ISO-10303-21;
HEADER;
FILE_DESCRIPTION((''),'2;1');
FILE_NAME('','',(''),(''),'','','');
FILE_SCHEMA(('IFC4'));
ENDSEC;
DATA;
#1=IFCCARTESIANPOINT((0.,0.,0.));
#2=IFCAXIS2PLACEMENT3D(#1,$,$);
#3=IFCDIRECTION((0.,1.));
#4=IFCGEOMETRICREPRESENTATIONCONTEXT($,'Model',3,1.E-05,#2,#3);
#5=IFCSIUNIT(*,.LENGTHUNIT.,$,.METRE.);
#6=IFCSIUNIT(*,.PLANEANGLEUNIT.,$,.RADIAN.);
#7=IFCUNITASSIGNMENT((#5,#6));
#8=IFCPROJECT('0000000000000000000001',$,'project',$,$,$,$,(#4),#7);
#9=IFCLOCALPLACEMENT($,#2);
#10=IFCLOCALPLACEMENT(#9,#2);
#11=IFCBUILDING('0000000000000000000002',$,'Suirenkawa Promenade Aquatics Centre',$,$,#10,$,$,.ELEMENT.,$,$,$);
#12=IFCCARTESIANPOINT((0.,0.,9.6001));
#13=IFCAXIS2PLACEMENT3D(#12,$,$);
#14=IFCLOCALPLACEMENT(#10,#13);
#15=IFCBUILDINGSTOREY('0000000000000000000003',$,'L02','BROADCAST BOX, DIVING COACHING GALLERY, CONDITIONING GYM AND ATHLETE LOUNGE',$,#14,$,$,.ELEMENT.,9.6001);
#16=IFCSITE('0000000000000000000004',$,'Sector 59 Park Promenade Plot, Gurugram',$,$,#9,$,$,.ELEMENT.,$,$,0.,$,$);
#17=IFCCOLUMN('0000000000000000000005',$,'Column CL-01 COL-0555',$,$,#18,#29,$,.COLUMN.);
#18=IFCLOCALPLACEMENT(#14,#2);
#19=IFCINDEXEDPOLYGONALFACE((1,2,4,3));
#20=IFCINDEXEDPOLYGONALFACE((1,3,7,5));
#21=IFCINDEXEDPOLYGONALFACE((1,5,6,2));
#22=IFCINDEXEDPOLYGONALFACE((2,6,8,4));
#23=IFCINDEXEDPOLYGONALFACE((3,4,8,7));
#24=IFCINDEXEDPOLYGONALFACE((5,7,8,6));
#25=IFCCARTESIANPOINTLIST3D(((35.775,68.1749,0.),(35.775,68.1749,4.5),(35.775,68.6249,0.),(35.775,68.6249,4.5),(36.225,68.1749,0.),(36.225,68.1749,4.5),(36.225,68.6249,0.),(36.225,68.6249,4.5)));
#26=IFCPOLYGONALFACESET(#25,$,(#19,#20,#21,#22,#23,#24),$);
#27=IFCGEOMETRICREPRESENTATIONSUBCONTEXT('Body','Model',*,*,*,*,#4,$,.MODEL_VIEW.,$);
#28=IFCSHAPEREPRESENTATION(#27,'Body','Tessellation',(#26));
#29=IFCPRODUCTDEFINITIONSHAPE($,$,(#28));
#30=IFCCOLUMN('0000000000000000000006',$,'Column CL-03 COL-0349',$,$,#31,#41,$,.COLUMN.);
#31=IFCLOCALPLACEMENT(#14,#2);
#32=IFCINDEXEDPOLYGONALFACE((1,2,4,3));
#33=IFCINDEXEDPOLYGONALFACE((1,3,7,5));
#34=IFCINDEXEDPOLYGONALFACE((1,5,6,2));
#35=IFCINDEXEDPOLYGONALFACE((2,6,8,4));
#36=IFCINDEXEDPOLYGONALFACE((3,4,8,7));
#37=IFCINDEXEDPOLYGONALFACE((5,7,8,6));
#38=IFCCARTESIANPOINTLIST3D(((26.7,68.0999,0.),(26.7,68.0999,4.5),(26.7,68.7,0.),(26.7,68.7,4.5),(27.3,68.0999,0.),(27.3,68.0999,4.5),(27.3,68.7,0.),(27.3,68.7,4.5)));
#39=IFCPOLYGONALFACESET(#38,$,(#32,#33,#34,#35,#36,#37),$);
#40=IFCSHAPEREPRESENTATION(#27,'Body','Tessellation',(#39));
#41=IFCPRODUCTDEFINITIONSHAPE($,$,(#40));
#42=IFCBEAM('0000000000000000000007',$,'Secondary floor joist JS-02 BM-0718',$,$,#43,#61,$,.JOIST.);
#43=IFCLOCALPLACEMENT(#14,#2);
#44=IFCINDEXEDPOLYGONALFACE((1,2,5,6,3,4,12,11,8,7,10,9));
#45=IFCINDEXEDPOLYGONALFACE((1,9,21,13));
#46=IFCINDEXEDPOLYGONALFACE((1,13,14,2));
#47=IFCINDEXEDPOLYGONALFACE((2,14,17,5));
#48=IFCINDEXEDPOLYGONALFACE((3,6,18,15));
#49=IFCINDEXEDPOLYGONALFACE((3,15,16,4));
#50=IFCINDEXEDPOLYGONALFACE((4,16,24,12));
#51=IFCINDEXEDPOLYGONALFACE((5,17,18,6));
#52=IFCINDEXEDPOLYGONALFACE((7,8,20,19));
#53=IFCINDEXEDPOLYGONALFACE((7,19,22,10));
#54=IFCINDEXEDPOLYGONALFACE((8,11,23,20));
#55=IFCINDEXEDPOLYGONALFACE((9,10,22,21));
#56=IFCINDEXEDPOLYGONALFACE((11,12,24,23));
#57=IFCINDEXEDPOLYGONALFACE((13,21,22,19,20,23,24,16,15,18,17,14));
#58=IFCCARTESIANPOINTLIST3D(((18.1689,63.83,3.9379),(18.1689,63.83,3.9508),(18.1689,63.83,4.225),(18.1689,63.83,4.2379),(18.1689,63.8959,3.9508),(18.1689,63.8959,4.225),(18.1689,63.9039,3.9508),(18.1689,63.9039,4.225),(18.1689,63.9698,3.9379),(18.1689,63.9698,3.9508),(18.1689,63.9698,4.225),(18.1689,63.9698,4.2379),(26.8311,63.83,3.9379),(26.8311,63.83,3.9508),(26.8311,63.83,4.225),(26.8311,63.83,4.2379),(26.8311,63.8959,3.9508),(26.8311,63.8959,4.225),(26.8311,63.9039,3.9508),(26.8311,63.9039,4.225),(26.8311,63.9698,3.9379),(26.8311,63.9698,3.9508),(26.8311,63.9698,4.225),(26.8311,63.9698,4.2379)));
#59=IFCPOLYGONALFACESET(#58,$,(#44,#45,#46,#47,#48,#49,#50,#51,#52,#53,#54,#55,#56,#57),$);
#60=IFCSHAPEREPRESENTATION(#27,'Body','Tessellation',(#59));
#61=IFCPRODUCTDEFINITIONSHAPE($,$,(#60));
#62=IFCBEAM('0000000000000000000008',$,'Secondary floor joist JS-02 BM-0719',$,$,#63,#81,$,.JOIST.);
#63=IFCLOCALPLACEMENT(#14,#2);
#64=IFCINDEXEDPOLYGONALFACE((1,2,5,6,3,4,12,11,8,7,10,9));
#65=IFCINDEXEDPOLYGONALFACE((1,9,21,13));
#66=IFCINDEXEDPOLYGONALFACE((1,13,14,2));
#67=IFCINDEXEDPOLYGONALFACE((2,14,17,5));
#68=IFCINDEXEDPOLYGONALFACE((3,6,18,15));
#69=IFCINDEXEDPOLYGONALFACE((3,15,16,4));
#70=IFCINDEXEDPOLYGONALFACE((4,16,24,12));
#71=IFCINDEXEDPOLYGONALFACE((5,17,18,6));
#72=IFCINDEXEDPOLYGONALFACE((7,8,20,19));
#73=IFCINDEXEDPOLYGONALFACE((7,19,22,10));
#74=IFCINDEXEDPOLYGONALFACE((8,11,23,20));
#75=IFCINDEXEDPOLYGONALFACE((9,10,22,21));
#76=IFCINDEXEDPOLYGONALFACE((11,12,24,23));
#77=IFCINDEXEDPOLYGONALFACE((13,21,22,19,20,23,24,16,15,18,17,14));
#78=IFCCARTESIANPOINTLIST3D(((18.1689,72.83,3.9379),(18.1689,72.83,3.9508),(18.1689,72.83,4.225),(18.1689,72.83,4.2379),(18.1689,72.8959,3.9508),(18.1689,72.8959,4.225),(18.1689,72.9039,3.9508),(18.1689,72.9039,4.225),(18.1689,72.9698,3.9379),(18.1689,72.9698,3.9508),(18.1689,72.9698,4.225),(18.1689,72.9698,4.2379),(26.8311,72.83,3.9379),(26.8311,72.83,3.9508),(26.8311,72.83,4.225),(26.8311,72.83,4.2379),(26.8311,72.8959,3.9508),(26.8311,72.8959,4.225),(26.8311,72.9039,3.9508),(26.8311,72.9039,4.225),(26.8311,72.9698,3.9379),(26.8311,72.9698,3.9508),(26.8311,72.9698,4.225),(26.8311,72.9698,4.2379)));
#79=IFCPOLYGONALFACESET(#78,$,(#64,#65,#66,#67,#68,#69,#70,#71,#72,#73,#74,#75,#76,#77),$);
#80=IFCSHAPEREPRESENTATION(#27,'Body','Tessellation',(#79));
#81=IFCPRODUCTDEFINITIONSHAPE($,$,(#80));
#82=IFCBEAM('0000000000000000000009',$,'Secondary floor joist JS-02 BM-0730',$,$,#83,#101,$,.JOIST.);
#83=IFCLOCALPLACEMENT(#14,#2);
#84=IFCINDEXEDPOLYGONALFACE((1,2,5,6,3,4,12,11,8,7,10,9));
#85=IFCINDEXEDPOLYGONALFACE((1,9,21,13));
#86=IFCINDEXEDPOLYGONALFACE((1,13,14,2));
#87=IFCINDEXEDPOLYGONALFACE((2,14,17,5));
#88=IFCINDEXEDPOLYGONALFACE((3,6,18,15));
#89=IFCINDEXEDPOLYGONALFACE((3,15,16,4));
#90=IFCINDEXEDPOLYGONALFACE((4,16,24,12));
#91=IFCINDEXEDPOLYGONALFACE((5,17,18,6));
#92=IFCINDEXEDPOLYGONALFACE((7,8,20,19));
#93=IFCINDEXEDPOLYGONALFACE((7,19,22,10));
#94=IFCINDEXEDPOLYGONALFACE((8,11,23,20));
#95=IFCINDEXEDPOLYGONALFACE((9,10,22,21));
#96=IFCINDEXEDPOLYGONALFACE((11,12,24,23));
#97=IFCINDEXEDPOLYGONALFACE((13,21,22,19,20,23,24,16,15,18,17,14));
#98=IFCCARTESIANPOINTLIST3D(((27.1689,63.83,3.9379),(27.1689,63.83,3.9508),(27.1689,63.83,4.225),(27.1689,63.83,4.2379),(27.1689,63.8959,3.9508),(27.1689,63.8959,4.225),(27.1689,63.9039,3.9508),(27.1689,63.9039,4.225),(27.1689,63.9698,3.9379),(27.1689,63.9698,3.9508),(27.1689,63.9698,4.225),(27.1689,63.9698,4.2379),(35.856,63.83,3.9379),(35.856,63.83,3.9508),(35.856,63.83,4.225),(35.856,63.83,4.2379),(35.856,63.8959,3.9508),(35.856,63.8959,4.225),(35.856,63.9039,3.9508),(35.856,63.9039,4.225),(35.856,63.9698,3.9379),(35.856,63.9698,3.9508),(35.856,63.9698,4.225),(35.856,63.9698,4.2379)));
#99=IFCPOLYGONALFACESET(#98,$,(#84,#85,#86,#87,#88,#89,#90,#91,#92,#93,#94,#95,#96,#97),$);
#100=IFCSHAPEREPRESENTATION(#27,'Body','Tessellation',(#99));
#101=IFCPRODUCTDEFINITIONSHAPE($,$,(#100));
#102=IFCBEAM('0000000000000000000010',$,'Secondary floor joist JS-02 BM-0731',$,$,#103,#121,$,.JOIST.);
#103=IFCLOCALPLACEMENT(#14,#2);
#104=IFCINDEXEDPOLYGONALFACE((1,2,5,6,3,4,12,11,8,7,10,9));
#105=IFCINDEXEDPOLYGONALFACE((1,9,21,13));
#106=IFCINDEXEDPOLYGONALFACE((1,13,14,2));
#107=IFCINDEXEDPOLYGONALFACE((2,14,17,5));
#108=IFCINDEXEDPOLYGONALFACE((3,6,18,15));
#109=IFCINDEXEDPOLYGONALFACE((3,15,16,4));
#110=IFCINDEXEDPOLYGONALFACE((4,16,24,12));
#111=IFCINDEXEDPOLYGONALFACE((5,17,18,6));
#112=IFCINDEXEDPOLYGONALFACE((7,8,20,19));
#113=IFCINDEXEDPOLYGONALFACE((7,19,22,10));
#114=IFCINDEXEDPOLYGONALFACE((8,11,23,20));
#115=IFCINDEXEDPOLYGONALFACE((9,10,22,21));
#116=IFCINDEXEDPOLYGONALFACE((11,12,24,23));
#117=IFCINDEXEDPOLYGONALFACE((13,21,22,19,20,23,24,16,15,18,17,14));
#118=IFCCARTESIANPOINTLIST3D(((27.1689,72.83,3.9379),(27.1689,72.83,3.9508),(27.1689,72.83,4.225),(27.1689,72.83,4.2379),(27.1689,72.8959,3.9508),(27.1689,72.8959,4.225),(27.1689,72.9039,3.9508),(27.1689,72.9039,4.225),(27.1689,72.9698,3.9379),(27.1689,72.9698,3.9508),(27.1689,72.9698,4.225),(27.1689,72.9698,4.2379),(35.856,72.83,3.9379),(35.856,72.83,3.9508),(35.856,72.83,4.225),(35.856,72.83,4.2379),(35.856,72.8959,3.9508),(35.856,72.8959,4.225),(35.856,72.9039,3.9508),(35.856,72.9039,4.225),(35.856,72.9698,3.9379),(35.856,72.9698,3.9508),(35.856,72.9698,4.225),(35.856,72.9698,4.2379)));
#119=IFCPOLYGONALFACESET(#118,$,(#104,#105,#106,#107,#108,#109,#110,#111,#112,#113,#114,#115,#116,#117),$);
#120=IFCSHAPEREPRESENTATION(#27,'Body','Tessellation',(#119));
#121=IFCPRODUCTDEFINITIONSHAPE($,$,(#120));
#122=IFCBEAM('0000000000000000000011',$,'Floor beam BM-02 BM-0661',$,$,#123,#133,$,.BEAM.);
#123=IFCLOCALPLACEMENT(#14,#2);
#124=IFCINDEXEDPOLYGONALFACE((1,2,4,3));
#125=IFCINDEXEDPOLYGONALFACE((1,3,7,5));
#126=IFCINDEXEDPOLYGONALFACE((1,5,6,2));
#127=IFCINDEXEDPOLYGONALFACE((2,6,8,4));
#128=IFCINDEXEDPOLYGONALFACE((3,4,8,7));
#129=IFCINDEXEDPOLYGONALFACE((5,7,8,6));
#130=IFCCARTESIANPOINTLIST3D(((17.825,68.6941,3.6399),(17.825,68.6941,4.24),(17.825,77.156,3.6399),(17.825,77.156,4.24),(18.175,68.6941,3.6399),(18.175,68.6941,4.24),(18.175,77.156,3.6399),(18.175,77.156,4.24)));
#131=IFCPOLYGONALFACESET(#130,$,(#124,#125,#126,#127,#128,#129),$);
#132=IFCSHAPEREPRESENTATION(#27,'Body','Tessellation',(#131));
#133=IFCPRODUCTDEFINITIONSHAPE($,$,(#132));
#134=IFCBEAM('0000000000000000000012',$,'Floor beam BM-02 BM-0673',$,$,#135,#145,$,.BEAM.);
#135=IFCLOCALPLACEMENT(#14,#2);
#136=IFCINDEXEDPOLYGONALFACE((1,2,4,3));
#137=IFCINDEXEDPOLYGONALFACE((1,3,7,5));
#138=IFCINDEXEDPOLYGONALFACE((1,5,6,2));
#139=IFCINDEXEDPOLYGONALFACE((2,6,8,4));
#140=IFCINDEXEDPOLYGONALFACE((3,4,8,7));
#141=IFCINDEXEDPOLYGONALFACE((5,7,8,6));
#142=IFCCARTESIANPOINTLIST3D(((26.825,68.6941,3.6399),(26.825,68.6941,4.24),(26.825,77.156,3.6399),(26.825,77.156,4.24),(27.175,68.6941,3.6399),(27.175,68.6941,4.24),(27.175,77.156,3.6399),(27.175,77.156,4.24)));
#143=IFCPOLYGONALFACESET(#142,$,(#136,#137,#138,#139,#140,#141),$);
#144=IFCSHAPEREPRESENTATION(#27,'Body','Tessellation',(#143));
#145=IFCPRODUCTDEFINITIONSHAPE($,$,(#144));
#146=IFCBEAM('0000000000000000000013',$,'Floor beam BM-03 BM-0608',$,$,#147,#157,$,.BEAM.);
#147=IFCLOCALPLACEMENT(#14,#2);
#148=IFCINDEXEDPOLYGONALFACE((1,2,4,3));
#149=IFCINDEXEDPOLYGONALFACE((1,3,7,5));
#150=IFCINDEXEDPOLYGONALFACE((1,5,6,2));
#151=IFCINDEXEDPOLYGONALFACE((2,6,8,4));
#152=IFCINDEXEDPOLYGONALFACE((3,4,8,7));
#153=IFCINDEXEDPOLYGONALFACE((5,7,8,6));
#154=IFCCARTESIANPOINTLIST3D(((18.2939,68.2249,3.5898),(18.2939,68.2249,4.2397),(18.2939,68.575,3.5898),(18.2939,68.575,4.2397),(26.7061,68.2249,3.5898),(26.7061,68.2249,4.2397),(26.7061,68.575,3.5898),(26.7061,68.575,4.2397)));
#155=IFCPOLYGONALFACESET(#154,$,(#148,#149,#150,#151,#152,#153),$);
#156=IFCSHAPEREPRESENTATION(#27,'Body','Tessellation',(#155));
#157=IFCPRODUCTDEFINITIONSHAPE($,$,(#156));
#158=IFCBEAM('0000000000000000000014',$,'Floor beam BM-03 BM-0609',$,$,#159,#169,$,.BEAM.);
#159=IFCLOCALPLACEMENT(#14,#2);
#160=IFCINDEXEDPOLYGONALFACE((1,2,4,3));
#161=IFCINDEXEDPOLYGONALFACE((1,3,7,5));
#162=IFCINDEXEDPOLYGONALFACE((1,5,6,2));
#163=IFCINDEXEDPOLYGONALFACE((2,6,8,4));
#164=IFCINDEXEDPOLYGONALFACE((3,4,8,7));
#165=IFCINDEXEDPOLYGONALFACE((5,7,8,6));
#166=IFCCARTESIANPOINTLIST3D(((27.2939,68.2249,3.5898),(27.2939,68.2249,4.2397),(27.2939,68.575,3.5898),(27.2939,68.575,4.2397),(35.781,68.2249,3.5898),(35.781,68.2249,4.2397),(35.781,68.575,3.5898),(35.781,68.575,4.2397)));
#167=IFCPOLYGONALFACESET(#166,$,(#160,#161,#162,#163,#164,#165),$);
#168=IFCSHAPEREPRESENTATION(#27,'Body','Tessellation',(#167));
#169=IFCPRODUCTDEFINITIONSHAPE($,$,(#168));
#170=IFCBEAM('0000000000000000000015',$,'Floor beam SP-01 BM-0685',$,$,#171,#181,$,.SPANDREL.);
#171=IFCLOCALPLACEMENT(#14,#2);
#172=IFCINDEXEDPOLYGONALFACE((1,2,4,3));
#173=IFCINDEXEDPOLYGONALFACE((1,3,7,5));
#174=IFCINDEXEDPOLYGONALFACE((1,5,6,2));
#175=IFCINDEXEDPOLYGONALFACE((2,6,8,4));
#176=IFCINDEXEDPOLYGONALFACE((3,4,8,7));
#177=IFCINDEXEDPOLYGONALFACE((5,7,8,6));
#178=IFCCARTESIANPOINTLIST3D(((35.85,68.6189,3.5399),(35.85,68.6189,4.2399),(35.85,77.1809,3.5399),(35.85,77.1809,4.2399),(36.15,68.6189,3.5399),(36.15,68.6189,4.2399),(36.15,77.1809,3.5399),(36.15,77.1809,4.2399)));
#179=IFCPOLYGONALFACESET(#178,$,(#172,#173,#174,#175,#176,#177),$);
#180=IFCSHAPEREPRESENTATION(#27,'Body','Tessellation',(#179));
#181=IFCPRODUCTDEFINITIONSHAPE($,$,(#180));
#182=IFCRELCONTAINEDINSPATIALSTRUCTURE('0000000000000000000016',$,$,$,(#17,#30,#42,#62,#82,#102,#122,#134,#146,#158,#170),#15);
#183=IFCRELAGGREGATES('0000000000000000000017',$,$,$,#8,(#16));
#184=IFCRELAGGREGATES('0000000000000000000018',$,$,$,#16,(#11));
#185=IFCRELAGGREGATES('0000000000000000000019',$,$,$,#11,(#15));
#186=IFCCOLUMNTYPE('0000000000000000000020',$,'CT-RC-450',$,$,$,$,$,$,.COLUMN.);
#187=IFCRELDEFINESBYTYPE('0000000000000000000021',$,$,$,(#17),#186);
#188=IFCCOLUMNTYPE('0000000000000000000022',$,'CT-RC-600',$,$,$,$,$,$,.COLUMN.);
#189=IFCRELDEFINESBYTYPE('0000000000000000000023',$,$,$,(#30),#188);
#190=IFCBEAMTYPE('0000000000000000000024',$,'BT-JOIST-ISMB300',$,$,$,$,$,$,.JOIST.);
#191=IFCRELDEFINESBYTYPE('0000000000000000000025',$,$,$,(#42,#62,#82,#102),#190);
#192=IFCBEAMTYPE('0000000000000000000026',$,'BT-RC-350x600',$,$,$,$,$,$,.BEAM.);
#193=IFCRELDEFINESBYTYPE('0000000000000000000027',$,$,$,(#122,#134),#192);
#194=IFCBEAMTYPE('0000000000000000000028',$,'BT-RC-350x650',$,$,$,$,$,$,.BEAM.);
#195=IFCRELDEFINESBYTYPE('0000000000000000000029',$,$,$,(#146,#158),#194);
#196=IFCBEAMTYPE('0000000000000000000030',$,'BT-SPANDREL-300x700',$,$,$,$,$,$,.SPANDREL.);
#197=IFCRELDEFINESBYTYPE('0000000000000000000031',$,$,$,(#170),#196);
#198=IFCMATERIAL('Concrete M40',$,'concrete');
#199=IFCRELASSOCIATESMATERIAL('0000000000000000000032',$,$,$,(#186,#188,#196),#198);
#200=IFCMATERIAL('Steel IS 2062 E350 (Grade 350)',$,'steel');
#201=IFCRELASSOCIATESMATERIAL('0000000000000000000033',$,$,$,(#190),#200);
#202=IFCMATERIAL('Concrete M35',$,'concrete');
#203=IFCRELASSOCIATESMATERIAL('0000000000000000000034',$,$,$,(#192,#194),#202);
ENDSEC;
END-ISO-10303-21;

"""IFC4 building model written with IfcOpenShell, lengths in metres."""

from ifc_helpers import new_model, si_unit, direction, frame, origin, origin_2d, place, context, subcontext, project, spatial, rectangle, i_section, extrude, material, material_profile, profile_set, type_object, element, save


model = new_model("IFC4")

# Units and contexts
model_context = context("Model", 3, precision=1e-05, world=origin(), true_north=direction((0.0, 1.0)))
body_context = subcontext(model_context, "Body", "Model", "MODEL_VIEW")
ifc_project = project(units=[si_unit("LENGTHUNIT", "METRE"), si_unit("PLANEANGLEUNIT", "RADIAN")], contexts=[model_context])

# Site, building, storey
site_placement = place(None, origin())
site = spatial("IfcSite", under=ifc_project, at=site_placement, Name="Sector 59 Park Promenade Plot, Gurugram", CompositionType="ELEMENT", RefElevation=0.0)
building_placement = place(site_placement, origin())
building = spatial("IfcBuilding", under=site, at=building_placement, Name="Suirenkawa Promenade Aquatics Centre", CompositionType="ELEMENT")
storey_placement = place(building_placement, frame((0.0, 0.0, 9.6001)))
storey = spatial("IfcBuildingStorey", under=building, at=storey_placement, Name="L02", Description="BROADCAST BOX, DIVING COACHING GALLERY, CONDITIONING GYM AND ATHLETE LOUNGE", CompositionType="ELEMENT", Elevation=9.6001)

# Columns
ifc_material_1 = material(Name="Concrete M40", Category="concrete")
ifc_material_profile_1 = material_profile(ifc_material_1, rectangle(XDim=0.45, YDim=0.45, at=origin_2d()), Name="RC COL 450x450", Category="concrete")
ifc_profile_set_1 = profile_set([ifc_material_profile_1], Name="Concrete M40")
column_type_1 = type_object("IfcColumnType", Name="CT-RC-450", PredefinedType="COLUMN", material=ifc_profile_set_1)
column_1_placement = place(storey_placement, frame((36.0, 68.3999, 0.0), z_axis=(0.0, 0.0, 1.0), x_axis=(1.0, 0.0, 0.0)))
element("IfcColumn", 1, at=column_1_placement, inside=storey, type_object=column_type_1, Name="Column CL-01 COL-0555", PredefinedType="COLUMN", context=body_context, shape_type="SweptSolid", body=[
    extrude(rectangle(XDim=0.45, YDim=0.45, at=origin_2d()), origin(), (0.0, 0.0, 1.0), 4.5),
])
ifc_material_profile_2 = material_profile(ifc_material_1, rectangle(XDim=0.6001, YDim=0.6001, at=origin_2d()), Name="RC COL 600x600", Category="concrete")
ifc_profile_set_2 = profile_set([ifc_material_profile_2], Name="Concrete M40")
column_type_2 = type_object("IfcColumnType", Name="CT-RC-600", PredefinedType="COLUMN", material=ifc_profile_set_2)
column_2_placement = place(storey_placement, frame((27.0, 68.3999, 0.0), z_axis=(0.0, 0.0, 1.0), x_axis=(1.0, 0.0, 0.0)))
element("IfcColumn", 2, at=column_2_placement, inside=storey, type_object=column_type_2, Name="Column CL-03 COL-0349", PredefinedType="COLUMN", context=body_context, shape_type="SweptSolid", body=[
    extrude(rectangle(XDim=0.6001, YDim=0.6001, at=origin_2d()), origin(), (0.0, 0.0, 1.0), 4.5),
])

# Beams
ifc_material_2 = material(Name="Steel IS 2062 E350 (Grade 350)", Category="steel")
ifc_material_profile_3 = material_profile(ifc_material_2, i_section(OverallWidth=0.1399, OverallDepth=0.3, WebThickness=0.0081, FlangeThickness=0.0129, at=origin_2d()), Name="ISMB 300", Category="steel")
ifc_profile_set_3 = profile_set([ifc_material_profile_3], Name="Steel IS 2062 E350 (Grade 350)")
beam_type_1 = type_object("IfcBeamType", Name="BT-JOIST-ISMB300", PredefinedType="JOIST", material=ifc_profile_set_3)
for number, where, z_axis, x_axis, name in (
    (3, (18.1689, 63.8999, 4.0879), (1.0, 0.0, 0.0), (0.0, 1.0, 0.0), "Secondary floor joist JS-02 BM-0718"),
    (4, (18.1689, 72.8999, 4.0879), (1.0, 0.0, 0.0), (0.0, 1.0, 0.0), "Secondary floor joist JS-02 BM-0719"),
):
    element("IfcBeam", number, at=place(storey_placement, frame(where, z_axis=z_axis, x_axis=x_axis)), inside=storey, type_object=beam_type_1, Name=name, PredefinedType="JOIST", context=body_context, shape_type="SweptSolid", body=[
        extrude(i_section(OverallWidth=0.1399, OverallDepth=0.3, WebThickness=0.0081, FlangeThickness=0.0129, at=origin_2d()), origin(), (0.0, 0.0, 1.0), 8.6621),
    ])
for number, where, z_axis, x_axis, name in (
    (5, (27.1689, 63.8999, 4.0879), (1.0, 0.0, 0.0), (0.0, 1.0, 0.0), "Secondary floor joist JS-02 BM-0730"),
    (6, (27.1689, 72.8999, 4.0879), (1.0, 0.0, 0.0), (0.0, 1.0, 0.0), "Secondary floor joist JS-02 BM-0731"),
):
    element("IfcBeam", number, at=place(storey_placement, frame(where, z_axis=z_axis, x_axis=x_axis)), inside=storey, type_object=beam_type_1, Name=name, PredefinedType="JOIST", context=body_context, shape_type="SweptSolid", body=[
        extrude(i_section(OverallWidth=0.1399, OverallDepth=0.3, WebThickness=0.0081, FlangeThickness=0.0129, at=origin_2d()), origin(), (0.0, 0.0, 1.0), 8.687),
    ])
ifc_material_3 = material(Name="Concrete M35", Category="concrete")
ifc_material_profile_4 = material_profile(ifc_material_3, rectangle(XDim=0.3501, YDim=0.6001, at=origin_2d()), Name="RC BM 350x600", Category="concrete")
ifc_profile_set_4 = profile_set([ifc_material_profile_4], Name="Concrete M35")
beam_type_2 = type_object("IfcBeamType", Name="BT-RC-350x600", PredefinedType="BEAM", material=ifc_profile_set_4)
for number, where, z_axis, x_axis, name in (
    (7, (18.0, 68.6941, 3.9399), (0.0, 1.0, 0.0), (-1.0, 0.0, 0.0), "Floor beam BM-02 BM-0661"),
    (8, (27.0, 68.6941, 3.9399), (0.0, 1.0, 0.0), (-1.0, 0.0, 0.0), "Floor beam BM-02 BM-0673"),
):
    element("IfcBeam", number, at=place(storey_placement, frame(where, z_axis=z_axis, x_axis=x_axis)), inside=storey, type_object=beam_type_2, Name=name, PredefinedType="BEAM", context=body_context, shape_type="SweptSolid", body=[
        extrude(rectangle(XDim=0.3501, YDim=0.6001, at=origin_2d()), origin(), (0.0, 0.0, 1.0), 8.4619),
    ])
ifc_material_profile_5 = material_profile(ifc_material_3, rectangle(XDim=0.3501, YDim=0.6499, at=origin_2d()), Name="RC BM 350x650", Category="concrete")
ifc_profile_set_5 = profile_set([ifc_material_profile_5], Name="Concrete M35")
beam_type_3 = type_object("IfcBeamType", Name="BT-RC-350x650", PredefinedType="BEAM", material=ifc_profile_set_5)
beam_1_placement = place(storey_placement, frame((18.2939, 68.3999, 3.9148), z_axis=(1.0, 0.0, 0.0), x_axis=(0.0, 1.0, 0.0)))
element("IfcBeam", 9, at=beam_1_placement, inside=storey, type_object=beam_type_3, Name="Floor beam BM-03 BM-0608", PredefinedType="BEAM", context=body_context, shape_type="SweptSolid", body=[
    extrude(rectangle(XDim=0.3501, YDim=0.6499, at=origin_2d()), origin(), (0.0, 0.0, 1.0), 8.4121),
])
beam_2_placement = place(storey_placement, frame((27.2939, 68.3999, 3.9148), z_axis=(1.0, 0.0, 0.0), x_axis=(0.0, 1.0, 0.0)))
element("IfcBeam", 10, at=beam_2_placement, inside=storey, type_object=beam_type_3, Name="Floor beam BM-03 BM-0609", PredefinedType="BEAM", context=body_context, shape_type="SweptSolid", body=[
    extrude(rectangle(XDim=0.3501, YDim=0.6499, at=origin_2d()), origin(), (0.0, 0.0, 1.0), 8.4871),
])
ifc_material_profile_6 = material_profile(ifc_material_1, rectangle(XDim=0.3, YDim=0.7, at=origin_2d()), Name="RC SPANDREL 300x700", Category="concrete")
ifc_profile_set_6 = profile_set([ifc_material_profile_6], Name="Concrete M40")
beam_type_4 = type_object("IfcBeamType", Name="BT-SPANDREL-300x700", PredefinedType="SPANDREL", material=ifc_profile_set_6)
beam_3_placement = place(storey_placement, frame((36.0, 68.6189, 3.8899), z_axis=(0.0, 1.0, 0.0), x_axis=(-1.0, 0.0, 0.0)))
element("IfcBeam", 11, at=beam_3_placement, inside=storey, type_object=beam_type_4, Name="Floor beam SP-01 BM-0685", PredefinedType="SPANDREL", context=body_context, shape_type="SweptSolid", body=[
    extrude(rectangle(XDim=0.3, YDim=0.7, at=origin_2d()), origin(), (0.0, 0.0, 1.0), 8.562),
])

save(model, "model.ifc")
